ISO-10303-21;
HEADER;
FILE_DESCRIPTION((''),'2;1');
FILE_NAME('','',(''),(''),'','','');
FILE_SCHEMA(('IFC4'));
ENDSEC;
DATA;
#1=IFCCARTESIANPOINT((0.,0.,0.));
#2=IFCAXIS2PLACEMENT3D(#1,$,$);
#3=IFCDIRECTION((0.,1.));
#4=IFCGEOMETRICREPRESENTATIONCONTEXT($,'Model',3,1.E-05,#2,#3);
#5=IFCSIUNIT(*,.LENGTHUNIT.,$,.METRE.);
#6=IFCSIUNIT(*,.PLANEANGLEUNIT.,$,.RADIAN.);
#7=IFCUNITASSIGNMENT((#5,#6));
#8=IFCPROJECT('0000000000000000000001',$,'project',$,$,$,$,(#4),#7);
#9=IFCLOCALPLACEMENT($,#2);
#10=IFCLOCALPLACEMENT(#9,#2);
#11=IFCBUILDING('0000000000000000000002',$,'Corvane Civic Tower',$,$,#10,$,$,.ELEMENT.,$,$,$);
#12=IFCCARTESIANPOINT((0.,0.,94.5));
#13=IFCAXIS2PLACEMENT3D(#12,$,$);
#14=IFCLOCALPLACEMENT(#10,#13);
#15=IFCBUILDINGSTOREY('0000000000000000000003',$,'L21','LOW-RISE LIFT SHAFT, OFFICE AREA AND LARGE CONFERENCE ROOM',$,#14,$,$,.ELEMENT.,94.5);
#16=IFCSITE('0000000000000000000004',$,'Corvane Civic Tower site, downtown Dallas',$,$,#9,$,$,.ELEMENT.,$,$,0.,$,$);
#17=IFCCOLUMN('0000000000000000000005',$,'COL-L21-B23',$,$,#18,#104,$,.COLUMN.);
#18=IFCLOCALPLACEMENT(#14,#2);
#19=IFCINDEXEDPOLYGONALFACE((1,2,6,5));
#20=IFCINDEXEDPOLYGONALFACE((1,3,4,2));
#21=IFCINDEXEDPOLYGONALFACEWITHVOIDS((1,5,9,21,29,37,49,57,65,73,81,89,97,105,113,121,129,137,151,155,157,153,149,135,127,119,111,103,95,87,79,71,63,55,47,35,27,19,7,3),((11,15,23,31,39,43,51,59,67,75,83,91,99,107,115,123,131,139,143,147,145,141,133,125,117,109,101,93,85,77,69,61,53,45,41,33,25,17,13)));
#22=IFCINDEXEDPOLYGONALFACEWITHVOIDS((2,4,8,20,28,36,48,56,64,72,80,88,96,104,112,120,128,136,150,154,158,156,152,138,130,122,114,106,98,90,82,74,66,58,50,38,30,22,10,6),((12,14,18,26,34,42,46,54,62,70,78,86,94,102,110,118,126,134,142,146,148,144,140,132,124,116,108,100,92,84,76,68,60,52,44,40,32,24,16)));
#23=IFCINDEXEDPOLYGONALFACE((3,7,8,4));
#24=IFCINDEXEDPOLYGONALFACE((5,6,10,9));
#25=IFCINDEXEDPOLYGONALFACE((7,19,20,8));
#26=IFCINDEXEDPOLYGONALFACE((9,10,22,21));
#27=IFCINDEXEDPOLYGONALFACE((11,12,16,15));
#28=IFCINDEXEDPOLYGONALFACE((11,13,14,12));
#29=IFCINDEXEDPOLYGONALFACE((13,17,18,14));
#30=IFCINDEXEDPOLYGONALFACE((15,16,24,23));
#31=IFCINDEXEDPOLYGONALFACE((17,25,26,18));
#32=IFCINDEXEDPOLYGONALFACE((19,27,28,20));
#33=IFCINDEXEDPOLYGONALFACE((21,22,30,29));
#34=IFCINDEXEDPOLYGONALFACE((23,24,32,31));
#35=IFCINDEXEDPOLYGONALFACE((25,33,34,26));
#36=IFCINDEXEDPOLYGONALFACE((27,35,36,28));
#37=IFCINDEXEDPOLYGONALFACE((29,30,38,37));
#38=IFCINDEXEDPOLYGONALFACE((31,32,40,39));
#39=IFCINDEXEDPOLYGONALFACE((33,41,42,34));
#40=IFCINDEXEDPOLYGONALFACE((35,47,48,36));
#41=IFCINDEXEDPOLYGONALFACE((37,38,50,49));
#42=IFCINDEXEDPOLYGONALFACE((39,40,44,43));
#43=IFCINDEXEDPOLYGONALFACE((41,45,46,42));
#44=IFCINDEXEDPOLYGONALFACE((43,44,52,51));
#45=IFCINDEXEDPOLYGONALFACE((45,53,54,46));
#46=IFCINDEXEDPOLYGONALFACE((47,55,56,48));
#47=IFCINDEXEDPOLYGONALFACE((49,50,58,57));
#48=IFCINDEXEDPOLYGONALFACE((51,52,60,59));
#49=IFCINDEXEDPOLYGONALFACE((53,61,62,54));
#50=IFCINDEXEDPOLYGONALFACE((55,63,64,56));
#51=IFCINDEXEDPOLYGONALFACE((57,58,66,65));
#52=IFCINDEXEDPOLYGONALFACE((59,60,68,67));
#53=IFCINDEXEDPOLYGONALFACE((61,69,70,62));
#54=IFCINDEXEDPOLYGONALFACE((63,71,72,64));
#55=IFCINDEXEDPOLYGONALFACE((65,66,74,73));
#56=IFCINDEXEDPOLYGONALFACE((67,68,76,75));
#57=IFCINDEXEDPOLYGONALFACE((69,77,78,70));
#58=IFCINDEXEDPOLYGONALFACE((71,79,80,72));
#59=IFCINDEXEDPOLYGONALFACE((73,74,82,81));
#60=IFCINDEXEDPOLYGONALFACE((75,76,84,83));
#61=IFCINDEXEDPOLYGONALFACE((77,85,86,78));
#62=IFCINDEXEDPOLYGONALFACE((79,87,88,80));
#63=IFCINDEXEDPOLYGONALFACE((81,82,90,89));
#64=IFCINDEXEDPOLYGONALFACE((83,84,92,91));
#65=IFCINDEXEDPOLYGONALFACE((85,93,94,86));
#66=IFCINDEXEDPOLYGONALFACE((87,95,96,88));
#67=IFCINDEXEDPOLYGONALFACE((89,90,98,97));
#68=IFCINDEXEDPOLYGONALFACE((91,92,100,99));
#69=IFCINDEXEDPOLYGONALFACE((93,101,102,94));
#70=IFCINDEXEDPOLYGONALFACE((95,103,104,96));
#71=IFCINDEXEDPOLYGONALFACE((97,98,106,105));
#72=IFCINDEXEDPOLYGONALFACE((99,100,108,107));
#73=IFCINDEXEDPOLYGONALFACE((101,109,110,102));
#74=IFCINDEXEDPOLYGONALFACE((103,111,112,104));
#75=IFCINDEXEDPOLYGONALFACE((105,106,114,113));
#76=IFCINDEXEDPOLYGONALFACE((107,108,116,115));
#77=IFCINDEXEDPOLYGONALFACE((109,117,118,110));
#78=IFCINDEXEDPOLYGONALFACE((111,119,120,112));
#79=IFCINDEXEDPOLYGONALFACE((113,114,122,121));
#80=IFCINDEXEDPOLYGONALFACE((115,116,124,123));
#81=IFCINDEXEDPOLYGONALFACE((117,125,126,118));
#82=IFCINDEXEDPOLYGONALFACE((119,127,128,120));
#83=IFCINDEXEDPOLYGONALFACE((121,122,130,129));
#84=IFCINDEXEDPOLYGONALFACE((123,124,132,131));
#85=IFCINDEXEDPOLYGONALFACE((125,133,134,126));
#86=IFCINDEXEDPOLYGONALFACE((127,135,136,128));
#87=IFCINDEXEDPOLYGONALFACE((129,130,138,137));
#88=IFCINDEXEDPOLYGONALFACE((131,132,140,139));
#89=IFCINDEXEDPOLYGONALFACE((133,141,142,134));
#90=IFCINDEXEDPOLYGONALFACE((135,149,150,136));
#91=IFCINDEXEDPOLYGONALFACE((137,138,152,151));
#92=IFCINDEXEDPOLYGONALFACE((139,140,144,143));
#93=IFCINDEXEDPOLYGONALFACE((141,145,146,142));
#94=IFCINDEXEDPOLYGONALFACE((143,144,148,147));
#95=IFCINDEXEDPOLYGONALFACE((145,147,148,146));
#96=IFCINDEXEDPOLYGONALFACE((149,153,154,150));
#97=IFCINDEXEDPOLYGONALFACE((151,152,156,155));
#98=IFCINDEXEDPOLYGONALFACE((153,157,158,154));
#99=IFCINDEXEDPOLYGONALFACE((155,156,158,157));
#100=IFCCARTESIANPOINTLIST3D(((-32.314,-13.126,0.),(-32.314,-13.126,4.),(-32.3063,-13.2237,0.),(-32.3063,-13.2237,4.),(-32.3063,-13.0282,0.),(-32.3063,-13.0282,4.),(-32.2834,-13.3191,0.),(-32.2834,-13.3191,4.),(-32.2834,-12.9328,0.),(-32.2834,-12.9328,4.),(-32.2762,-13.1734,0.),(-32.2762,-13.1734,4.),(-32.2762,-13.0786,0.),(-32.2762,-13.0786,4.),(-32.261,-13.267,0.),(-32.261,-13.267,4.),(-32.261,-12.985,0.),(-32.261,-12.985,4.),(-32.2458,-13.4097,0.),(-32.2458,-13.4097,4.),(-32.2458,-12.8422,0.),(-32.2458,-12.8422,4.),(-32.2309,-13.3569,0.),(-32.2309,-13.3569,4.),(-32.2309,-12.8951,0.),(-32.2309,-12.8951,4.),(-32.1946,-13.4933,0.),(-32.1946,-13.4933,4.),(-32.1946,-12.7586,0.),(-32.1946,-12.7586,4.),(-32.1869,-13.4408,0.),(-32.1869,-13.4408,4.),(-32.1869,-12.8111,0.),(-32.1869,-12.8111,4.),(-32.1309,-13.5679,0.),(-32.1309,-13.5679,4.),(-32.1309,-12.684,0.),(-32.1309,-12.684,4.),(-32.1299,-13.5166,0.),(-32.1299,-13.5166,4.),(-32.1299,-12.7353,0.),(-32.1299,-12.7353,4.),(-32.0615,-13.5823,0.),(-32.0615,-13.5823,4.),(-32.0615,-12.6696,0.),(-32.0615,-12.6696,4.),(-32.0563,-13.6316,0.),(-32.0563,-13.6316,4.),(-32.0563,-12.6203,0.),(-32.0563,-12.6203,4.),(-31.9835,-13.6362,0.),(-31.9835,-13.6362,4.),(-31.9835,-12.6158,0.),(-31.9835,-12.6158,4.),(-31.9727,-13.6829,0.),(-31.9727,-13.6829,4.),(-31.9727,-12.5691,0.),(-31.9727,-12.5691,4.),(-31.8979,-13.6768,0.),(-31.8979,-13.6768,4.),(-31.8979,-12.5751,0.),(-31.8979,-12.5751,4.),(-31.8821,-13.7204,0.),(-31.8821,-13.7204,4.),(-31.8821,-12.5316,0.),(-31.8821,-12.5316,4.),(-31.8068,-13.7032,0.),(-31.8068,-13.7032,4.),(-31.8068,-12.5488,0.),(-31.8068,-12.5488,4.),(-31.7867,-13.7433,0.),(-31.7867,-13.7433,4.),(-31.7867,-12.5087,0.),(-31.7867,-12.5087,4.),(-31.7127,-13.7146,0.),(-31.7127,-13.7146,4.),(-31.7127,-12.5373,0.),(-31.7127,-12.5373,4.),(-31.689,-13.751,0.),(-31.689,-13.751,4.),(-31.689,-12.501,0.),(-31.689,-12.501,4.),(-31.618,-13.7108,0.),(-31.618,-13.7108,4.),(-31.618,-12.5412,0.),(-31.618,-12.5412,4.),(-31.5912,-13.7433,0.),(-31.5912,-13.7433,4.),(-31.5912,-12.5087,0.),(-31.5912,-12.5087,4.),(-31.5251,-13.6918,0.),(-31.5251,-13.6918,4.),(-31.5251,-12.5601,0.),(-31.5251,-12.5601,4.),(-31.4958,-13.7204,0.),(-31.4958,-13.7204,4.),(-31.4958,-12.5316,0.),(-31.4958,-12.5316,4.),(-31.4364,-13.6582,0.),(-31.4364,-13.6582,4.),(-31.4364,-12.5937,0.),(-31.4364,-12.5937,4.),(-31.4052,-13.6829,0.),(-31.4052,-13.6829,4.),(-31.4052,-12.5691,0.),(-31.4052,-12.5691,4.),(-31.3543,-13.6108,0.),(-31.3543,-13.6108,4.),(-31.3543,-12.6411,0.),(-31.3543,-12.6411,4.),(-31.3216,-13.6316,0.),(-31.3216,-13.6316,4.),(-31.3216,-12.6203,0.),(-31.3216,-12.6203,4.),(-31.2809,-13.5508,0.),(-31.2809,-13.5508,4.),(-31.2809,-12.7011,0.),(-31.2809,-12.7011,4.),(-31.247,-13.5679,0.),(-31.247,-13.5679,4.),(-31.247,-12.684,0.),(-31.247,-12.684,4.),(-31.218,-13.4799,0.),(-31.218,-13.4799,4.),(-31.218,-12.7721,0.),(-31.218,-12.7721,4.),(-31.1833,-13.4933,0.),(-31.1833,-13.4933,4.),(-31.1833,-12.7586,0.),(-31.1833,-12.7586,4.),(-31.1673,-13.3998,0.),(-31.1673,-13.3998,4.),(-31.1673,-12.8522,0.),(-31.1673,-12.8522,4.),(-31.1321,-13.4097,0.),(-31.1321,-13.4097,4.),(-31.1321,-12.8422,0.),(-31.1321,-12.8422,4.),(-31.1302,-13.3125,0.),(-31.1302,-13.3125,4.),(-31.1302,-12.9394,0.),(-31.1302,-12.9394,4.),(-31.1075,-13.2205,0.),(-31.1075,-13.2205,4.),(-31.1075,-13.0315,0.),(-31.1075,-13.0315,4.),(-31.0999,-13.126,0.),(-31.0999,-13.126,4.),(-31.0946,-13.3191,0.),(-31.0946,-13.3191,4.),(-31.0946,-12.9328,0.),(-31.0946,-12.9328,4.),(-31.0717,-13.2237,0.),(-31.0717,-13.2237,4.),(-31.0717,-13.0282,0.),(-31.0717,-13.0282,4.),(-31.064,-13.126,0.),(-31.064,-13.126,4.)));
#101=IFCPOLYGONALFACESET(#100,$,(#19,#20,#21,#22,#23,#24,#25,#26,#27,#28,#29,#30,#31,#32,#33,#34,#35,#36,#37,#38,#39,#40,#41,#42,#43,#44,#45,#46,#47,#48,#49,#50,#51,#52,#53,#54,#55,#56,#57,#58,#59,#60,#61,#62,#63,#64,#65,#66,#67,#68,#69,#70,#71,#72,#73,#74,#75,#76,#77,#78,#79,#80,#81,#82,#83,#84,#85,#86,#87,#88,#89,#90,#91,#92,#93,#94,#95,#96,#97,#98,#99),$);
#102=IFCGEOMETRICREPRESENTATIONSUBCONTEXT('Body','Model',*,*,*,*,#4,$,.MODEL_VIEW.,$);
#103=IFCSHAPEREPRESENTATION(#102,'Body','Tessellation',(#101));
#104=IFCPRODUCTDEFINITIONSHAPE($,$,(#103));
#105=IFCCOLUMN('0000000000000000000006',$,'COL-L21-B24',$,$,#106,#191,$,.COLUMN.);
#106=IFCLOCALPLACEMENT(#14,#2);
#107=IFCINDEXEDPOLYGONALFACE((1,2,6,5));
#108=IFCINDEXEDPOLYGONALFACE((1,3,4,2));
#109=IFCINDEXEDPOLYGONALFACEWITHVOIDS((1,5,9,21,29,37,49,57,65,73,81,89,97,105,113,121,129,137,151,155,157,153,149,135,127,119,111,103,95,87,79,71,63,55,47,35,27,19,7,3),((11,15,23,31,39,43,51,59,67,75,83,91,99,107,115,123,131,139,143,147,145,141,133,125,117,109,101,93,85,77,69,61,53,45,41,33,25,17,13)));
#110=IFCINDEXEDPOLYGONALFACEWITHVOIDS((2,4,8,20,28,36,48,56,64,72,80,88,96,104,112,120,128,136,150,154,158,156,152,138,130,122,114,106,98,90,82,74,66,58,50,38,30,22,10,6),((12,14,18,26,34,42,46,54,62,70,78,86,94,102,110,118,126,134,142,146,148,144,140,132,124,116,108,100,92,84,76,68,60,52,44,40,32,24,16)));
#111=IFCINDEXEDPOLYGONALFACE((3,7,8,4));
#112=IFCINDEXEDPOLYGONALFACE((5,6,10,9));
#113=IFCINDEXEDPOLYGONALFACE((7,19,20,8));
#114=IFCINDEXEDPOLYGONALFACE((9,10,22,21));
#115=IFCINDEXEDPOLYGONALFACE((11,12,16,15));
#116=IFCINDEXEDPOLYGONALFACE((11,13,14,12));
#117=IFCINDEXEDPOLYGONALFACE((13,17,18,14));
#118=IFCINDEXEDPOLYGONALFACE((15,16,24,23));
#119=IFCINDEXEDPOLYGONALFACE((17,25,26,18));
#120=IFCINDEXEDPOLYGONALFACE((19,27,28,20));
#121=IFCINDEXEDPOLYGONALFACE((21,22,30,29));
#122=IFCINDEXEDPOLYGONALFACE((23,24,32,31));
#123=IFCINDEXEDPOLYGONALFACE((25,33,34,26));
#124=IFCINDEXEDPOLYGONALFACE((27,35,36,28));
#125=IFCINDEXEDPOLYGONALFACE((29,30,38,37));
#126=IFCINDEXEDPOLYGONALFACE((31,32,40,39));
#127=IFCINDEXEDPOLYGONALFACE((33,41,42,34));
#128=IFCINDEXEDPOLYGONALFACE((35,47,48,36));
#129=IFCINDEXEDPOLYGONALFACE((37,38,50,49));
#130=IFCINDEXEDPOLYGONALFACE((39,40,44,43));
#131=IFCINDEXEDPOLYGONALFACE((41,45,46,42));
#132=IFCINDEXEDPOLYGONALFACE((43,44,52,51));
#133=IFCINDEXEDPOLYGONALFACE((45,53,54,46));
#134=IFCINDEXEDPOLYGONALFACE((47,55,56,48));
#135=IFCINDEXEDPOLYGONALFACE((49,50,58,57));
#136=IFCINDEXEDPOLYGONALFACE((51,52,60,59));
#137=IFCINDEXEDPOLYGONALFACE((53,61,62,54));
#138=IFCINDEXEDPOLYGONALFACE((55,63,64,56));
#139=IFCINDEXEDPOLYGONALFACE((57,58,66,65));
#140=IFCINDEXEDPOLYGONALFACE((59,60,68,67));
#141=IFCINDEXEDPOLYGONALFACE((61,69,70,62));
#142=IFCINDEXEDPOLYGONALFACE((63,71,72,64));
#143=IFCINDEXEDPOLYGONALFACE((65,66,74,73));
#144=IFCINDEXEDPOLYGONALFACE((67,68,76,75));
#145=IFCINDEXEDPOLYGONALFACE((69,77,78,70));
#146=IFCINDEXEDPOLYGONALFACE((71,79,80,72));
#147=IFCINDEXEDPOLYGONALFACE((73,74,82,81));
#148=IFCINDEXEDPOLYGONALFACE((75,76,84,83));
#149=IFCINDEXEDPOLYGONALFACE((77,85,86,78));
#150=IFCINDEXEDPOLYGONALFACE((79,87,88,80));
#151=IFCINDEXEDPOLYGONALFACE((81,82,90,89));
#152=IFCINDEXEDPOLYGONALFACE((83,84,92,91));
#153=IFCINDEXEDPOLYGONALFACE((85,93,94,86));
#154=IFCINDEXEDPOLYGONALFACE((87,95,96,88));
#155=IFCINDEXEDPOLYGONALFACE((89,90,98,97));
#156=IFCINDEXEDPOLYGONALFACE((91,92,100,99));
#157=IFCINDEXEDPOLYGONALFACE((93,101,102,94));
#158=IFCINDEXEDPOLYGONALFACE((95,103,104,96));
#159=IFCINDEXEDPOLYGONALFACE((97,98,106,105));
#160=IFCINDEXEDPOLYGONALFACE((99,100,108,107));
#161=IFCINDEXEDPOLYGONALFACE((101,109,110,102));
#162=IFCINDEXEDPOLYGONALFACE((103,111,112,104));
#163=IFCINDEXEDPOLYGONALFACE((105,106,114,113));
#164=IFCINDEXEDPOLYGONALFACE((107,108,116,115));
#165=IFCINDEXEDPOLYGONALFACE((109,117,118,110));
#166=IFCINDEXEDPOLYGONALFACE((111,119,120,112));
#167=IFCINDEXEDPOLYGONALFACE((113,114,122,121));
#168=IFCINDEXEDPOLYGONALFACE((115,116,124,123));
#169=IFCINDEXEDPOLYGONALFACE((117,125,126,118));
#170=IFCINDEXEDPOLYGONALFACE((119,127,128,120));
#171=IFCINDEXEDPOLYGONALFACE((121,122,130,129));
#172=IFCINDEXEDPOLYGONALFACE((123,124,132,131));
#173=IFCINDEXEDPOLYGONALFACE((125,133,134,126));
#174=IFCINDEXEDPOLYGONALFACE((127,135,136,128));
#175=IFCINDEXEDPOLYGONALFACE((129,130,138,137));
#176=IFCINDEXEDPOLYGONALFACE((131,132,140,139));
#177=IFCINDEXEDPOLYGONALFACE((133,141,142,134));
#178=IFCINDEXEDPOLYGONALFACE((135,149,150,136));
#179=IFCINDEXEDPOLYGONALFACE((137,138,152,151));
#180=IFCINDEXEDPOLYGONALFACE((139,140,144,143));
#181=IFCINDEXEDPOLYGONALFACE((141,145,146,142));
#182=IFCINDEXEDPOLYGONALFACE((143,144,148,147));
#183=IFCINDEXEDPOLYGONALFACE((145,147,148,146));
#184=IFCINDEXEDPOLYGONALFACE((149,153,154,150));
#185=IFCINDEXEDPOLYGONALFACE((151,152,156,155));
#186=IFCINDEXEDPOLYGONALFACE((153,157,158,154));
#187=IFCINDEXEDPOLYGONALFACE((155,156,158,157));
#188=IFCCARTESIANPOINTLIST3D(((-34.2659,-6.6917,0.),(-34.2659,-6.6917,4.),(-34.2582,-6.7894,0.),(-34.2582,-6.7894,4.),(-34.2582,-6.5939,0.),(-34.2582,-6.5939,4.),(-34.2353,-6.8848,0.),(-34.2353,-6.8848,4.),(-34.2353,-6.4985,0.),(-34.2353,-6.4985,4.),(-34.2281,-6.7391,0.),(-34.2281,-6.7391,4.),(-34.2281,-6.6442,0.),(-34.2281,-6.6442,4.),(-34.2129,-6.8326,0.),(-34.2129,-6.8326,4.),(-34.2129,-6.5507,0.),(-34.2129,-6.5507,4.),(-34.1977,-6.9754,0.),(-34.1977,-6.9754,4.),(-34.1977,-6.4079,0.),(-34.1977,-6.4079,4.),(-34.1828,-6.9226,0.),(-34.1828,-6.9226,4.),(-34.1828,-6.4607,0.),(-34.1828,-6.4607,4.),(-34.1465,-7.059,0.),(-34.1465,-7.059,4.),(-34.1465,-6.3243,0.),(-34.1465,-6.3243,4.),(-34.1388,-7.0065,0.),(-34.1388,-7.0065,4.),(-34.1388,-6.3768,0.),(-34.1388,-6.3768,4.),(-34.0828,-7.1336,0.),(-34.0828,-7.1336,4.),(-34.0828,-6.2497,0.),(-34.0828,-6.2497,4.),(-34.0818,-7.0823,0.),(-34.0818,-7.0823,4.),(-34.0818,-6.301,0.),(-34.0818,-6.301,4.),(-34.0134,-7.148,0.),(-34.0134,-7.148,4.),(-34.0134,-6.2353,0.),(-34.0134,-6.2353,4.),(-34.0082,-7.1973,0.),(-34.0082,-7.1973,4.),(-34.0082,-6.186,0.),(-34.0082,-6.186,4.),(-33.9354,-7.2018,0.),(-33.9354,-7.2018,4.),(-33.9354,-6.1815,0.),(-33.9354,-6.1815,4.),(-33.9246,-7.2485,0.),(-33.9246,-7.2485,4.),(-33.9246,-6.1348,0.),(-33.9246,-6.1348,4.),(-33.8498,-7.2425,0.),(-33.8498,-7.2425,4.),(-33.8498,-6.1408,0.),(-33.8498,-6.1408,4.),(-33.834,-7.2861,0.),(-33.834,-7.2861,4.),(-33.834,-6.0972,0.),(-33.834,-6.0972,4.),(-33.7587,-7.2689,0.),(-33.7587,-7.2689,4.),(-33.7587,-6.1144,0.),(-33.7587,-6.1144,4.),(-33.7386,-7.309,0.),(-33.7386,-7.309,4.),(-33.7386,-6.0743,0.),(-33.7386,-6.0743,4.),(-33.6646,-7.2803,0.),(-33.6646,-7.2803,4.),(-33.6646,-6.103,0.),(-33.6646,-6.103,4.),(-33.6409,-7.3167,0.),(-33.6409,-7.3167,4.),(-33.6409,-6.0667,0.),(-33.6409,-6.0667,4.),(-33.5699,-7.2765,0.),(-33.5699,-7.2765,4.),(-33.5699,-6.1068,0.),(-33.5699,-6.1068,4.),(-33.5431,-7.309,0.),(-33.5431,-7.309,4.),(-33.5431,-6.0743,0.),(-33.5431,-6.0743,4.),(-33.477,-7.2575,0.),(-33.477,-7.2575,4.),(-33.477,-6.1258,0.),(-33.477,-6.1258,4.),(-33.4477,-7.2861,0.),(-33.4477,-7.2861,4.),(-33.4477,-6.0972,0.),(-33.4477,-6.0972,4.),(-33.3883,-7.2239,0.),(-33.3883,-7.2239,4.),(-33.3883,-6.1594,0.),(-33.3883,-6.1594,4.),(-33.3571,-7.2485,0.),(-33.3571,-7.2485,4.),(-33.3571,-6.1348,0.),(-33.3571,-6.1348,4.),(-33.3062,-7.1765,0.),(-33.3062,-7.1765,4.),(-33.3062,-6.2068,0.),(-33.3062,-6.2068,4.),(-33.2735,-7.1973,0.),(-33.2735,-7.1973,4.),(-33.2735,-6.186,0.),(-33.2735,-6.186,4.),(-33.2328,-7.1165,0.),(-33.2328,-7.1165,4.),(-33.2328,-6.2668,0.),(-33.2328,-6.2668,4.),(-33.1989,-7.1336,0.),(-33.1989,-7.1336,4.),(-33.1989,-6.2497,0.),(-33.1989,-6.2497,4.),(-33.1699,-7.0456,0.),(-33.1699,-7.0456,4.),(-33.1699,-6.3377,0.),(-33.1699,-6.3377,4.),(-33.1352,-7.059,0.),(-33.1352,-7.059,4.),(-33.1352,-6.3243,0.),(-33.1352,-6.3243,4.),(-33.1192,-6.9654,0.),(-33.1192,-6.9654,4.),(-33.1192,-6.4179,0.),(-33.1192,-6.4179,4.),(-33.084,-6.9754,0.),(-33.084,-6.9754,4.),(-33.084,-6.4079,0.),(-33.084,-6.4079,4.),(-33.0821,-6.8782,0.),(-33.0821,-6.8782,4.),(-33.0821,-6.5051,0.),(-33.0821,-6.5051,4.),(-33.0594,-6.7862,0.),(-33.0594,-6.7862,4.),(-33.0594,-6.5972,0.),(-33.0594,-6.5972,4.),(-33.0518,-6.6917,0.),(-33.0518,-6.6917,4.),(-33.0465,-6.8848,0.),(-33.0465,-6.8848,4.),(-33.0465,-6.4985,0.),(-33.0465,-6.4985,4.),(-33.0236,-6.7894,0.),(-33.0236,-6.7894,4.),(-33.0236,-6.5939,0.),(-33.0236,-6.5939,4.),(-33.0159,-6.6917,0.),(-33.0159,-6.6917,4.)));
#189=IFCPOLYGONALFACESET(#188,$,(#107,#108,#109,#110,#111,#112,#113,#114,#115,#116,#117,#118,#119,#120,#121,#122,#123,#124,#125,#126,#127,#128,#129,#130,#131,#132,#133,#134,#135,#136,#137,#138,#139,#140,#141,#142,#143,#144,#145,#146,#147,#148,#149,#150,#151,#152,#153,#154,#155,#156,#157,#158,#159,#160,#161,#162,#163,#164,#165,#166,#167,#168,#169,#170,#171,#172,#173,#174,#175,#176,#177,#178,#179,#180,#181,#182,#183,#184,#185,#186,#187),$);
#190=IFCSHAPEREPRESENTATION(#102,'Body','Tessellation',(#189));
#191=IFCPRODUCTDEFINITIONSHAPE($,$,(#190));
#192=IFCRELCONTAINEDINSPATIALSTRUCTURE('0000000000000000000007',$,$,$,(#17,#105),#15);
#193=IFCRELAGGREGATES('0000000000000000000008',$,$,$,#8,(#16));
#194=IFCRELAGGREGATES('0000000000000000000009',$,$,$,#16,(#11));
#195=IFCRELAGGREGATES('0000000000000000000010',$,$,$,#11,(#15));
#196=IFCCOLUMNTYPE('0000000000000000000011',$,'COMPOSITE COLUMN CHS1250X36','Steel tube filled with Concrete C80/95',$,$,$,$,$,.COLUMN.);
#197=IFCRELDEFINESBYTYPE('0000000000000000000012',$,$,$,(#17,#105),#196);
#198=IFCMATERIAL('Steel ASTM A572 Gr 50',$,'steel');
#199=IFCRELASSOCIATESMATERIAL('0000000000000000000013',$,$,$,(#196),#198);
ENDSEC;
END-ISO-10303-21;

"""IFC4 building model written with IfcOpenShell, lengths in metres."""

from ifc_helpers import new_model, si_unit, direction, frame, origin, origin_2d, place, context, subcontext, project, spatial, hollow_circle, extrude, material, material_profile, profile_set, type_object, element, save


model = new_model("IFC4")

# Units and contexts
model_context = context("Model", 3, precision=1e-05, world=origin(), true_north=direction((0.0, 1.0)))
body_context = subcontext(model_context, "Body", "Model", "MODEL_VIEW")
ifc_project = project(units=[si_unit("LENGTHUNIT", "METRE"), si_unit("PLANEANGLEUNIT", "RADIAN")], contexts=[model_context])

# Site, building, storey
site_placement = place(None, origin())
site = spatial("IfcSite", under=ifc_project, at=site_placement, Name="Corvane Civic Tower site, downtown Dallas", CompositionType="ELEMENT", RefElevation=0.0)
building_placement = place(site_placement, origin())
building = spatial("IfcBuilding", under=site, at=building_placement, Name="Corvane Civic Tower", CompositionType="ELEMENT")
storey_placement = place(building_placement, frame((0.0, 0.0, 94.5)))
storey = spatial("IfcBuildingStorey", under=building, at=storey_placement, Name="L21", Description="LOW-RISE LIFT SHAFT, OFFICE AREA AND LARGE CONFERENCE ROOM", CompositionType="ELEMENT", Elevation=94.5)

# Columns
ifc_material_1 = material(Name="Steel ASTM A572 Gr 50", Category="steel")
ifc_material_profile_1 = material_profile(ifc_material_1, hollow_circle(Radius=0.625, WallThickness=0.0359, at=origin_2d()), Name="CHS1250X36")
ifc_profile_set_1 = profile_set([ifc_material_profile_1], Name="Steel ASTM A572 Gr 50")
column_type = type_object("IfcColumnType", Name="COMPOSITE COLUMN CHS1250X36", Description="Steel tube filled with Concrete C80/95", PredefinedType="COLUMN", material=ifc_profile_set_1)
for number, where, z_axis, x_axis, name in (
    (1, (-31.689, -13.126, 0.0), (0.0, 0.0, 1.0), (1.0, 0.0, 0.0), "COL-L21-B23"),
    (2, (-33.6409, -6.6917, 0.0), (0.0, 0.0, 1.0), (1.0, 0.0, 0.0), "COL-L21-B24"),
):
    element("IfcColumn", number, at=place(storey_placement, frame(where, z_axis=z_axis, x_axis=x_axis)), inside=storey, type_object=column_type, Name=name, PredefinedType="COLUMN", context=body_context, shape_type="SweptSolid", body=[
        extrude(hollow_circle(Radius=0.625, WallThickness=0.0359, at=origin_2d()), origin(), (0.0, 0.0, 1.0), 4.0),
    ])

save(model, "model.ifc")
